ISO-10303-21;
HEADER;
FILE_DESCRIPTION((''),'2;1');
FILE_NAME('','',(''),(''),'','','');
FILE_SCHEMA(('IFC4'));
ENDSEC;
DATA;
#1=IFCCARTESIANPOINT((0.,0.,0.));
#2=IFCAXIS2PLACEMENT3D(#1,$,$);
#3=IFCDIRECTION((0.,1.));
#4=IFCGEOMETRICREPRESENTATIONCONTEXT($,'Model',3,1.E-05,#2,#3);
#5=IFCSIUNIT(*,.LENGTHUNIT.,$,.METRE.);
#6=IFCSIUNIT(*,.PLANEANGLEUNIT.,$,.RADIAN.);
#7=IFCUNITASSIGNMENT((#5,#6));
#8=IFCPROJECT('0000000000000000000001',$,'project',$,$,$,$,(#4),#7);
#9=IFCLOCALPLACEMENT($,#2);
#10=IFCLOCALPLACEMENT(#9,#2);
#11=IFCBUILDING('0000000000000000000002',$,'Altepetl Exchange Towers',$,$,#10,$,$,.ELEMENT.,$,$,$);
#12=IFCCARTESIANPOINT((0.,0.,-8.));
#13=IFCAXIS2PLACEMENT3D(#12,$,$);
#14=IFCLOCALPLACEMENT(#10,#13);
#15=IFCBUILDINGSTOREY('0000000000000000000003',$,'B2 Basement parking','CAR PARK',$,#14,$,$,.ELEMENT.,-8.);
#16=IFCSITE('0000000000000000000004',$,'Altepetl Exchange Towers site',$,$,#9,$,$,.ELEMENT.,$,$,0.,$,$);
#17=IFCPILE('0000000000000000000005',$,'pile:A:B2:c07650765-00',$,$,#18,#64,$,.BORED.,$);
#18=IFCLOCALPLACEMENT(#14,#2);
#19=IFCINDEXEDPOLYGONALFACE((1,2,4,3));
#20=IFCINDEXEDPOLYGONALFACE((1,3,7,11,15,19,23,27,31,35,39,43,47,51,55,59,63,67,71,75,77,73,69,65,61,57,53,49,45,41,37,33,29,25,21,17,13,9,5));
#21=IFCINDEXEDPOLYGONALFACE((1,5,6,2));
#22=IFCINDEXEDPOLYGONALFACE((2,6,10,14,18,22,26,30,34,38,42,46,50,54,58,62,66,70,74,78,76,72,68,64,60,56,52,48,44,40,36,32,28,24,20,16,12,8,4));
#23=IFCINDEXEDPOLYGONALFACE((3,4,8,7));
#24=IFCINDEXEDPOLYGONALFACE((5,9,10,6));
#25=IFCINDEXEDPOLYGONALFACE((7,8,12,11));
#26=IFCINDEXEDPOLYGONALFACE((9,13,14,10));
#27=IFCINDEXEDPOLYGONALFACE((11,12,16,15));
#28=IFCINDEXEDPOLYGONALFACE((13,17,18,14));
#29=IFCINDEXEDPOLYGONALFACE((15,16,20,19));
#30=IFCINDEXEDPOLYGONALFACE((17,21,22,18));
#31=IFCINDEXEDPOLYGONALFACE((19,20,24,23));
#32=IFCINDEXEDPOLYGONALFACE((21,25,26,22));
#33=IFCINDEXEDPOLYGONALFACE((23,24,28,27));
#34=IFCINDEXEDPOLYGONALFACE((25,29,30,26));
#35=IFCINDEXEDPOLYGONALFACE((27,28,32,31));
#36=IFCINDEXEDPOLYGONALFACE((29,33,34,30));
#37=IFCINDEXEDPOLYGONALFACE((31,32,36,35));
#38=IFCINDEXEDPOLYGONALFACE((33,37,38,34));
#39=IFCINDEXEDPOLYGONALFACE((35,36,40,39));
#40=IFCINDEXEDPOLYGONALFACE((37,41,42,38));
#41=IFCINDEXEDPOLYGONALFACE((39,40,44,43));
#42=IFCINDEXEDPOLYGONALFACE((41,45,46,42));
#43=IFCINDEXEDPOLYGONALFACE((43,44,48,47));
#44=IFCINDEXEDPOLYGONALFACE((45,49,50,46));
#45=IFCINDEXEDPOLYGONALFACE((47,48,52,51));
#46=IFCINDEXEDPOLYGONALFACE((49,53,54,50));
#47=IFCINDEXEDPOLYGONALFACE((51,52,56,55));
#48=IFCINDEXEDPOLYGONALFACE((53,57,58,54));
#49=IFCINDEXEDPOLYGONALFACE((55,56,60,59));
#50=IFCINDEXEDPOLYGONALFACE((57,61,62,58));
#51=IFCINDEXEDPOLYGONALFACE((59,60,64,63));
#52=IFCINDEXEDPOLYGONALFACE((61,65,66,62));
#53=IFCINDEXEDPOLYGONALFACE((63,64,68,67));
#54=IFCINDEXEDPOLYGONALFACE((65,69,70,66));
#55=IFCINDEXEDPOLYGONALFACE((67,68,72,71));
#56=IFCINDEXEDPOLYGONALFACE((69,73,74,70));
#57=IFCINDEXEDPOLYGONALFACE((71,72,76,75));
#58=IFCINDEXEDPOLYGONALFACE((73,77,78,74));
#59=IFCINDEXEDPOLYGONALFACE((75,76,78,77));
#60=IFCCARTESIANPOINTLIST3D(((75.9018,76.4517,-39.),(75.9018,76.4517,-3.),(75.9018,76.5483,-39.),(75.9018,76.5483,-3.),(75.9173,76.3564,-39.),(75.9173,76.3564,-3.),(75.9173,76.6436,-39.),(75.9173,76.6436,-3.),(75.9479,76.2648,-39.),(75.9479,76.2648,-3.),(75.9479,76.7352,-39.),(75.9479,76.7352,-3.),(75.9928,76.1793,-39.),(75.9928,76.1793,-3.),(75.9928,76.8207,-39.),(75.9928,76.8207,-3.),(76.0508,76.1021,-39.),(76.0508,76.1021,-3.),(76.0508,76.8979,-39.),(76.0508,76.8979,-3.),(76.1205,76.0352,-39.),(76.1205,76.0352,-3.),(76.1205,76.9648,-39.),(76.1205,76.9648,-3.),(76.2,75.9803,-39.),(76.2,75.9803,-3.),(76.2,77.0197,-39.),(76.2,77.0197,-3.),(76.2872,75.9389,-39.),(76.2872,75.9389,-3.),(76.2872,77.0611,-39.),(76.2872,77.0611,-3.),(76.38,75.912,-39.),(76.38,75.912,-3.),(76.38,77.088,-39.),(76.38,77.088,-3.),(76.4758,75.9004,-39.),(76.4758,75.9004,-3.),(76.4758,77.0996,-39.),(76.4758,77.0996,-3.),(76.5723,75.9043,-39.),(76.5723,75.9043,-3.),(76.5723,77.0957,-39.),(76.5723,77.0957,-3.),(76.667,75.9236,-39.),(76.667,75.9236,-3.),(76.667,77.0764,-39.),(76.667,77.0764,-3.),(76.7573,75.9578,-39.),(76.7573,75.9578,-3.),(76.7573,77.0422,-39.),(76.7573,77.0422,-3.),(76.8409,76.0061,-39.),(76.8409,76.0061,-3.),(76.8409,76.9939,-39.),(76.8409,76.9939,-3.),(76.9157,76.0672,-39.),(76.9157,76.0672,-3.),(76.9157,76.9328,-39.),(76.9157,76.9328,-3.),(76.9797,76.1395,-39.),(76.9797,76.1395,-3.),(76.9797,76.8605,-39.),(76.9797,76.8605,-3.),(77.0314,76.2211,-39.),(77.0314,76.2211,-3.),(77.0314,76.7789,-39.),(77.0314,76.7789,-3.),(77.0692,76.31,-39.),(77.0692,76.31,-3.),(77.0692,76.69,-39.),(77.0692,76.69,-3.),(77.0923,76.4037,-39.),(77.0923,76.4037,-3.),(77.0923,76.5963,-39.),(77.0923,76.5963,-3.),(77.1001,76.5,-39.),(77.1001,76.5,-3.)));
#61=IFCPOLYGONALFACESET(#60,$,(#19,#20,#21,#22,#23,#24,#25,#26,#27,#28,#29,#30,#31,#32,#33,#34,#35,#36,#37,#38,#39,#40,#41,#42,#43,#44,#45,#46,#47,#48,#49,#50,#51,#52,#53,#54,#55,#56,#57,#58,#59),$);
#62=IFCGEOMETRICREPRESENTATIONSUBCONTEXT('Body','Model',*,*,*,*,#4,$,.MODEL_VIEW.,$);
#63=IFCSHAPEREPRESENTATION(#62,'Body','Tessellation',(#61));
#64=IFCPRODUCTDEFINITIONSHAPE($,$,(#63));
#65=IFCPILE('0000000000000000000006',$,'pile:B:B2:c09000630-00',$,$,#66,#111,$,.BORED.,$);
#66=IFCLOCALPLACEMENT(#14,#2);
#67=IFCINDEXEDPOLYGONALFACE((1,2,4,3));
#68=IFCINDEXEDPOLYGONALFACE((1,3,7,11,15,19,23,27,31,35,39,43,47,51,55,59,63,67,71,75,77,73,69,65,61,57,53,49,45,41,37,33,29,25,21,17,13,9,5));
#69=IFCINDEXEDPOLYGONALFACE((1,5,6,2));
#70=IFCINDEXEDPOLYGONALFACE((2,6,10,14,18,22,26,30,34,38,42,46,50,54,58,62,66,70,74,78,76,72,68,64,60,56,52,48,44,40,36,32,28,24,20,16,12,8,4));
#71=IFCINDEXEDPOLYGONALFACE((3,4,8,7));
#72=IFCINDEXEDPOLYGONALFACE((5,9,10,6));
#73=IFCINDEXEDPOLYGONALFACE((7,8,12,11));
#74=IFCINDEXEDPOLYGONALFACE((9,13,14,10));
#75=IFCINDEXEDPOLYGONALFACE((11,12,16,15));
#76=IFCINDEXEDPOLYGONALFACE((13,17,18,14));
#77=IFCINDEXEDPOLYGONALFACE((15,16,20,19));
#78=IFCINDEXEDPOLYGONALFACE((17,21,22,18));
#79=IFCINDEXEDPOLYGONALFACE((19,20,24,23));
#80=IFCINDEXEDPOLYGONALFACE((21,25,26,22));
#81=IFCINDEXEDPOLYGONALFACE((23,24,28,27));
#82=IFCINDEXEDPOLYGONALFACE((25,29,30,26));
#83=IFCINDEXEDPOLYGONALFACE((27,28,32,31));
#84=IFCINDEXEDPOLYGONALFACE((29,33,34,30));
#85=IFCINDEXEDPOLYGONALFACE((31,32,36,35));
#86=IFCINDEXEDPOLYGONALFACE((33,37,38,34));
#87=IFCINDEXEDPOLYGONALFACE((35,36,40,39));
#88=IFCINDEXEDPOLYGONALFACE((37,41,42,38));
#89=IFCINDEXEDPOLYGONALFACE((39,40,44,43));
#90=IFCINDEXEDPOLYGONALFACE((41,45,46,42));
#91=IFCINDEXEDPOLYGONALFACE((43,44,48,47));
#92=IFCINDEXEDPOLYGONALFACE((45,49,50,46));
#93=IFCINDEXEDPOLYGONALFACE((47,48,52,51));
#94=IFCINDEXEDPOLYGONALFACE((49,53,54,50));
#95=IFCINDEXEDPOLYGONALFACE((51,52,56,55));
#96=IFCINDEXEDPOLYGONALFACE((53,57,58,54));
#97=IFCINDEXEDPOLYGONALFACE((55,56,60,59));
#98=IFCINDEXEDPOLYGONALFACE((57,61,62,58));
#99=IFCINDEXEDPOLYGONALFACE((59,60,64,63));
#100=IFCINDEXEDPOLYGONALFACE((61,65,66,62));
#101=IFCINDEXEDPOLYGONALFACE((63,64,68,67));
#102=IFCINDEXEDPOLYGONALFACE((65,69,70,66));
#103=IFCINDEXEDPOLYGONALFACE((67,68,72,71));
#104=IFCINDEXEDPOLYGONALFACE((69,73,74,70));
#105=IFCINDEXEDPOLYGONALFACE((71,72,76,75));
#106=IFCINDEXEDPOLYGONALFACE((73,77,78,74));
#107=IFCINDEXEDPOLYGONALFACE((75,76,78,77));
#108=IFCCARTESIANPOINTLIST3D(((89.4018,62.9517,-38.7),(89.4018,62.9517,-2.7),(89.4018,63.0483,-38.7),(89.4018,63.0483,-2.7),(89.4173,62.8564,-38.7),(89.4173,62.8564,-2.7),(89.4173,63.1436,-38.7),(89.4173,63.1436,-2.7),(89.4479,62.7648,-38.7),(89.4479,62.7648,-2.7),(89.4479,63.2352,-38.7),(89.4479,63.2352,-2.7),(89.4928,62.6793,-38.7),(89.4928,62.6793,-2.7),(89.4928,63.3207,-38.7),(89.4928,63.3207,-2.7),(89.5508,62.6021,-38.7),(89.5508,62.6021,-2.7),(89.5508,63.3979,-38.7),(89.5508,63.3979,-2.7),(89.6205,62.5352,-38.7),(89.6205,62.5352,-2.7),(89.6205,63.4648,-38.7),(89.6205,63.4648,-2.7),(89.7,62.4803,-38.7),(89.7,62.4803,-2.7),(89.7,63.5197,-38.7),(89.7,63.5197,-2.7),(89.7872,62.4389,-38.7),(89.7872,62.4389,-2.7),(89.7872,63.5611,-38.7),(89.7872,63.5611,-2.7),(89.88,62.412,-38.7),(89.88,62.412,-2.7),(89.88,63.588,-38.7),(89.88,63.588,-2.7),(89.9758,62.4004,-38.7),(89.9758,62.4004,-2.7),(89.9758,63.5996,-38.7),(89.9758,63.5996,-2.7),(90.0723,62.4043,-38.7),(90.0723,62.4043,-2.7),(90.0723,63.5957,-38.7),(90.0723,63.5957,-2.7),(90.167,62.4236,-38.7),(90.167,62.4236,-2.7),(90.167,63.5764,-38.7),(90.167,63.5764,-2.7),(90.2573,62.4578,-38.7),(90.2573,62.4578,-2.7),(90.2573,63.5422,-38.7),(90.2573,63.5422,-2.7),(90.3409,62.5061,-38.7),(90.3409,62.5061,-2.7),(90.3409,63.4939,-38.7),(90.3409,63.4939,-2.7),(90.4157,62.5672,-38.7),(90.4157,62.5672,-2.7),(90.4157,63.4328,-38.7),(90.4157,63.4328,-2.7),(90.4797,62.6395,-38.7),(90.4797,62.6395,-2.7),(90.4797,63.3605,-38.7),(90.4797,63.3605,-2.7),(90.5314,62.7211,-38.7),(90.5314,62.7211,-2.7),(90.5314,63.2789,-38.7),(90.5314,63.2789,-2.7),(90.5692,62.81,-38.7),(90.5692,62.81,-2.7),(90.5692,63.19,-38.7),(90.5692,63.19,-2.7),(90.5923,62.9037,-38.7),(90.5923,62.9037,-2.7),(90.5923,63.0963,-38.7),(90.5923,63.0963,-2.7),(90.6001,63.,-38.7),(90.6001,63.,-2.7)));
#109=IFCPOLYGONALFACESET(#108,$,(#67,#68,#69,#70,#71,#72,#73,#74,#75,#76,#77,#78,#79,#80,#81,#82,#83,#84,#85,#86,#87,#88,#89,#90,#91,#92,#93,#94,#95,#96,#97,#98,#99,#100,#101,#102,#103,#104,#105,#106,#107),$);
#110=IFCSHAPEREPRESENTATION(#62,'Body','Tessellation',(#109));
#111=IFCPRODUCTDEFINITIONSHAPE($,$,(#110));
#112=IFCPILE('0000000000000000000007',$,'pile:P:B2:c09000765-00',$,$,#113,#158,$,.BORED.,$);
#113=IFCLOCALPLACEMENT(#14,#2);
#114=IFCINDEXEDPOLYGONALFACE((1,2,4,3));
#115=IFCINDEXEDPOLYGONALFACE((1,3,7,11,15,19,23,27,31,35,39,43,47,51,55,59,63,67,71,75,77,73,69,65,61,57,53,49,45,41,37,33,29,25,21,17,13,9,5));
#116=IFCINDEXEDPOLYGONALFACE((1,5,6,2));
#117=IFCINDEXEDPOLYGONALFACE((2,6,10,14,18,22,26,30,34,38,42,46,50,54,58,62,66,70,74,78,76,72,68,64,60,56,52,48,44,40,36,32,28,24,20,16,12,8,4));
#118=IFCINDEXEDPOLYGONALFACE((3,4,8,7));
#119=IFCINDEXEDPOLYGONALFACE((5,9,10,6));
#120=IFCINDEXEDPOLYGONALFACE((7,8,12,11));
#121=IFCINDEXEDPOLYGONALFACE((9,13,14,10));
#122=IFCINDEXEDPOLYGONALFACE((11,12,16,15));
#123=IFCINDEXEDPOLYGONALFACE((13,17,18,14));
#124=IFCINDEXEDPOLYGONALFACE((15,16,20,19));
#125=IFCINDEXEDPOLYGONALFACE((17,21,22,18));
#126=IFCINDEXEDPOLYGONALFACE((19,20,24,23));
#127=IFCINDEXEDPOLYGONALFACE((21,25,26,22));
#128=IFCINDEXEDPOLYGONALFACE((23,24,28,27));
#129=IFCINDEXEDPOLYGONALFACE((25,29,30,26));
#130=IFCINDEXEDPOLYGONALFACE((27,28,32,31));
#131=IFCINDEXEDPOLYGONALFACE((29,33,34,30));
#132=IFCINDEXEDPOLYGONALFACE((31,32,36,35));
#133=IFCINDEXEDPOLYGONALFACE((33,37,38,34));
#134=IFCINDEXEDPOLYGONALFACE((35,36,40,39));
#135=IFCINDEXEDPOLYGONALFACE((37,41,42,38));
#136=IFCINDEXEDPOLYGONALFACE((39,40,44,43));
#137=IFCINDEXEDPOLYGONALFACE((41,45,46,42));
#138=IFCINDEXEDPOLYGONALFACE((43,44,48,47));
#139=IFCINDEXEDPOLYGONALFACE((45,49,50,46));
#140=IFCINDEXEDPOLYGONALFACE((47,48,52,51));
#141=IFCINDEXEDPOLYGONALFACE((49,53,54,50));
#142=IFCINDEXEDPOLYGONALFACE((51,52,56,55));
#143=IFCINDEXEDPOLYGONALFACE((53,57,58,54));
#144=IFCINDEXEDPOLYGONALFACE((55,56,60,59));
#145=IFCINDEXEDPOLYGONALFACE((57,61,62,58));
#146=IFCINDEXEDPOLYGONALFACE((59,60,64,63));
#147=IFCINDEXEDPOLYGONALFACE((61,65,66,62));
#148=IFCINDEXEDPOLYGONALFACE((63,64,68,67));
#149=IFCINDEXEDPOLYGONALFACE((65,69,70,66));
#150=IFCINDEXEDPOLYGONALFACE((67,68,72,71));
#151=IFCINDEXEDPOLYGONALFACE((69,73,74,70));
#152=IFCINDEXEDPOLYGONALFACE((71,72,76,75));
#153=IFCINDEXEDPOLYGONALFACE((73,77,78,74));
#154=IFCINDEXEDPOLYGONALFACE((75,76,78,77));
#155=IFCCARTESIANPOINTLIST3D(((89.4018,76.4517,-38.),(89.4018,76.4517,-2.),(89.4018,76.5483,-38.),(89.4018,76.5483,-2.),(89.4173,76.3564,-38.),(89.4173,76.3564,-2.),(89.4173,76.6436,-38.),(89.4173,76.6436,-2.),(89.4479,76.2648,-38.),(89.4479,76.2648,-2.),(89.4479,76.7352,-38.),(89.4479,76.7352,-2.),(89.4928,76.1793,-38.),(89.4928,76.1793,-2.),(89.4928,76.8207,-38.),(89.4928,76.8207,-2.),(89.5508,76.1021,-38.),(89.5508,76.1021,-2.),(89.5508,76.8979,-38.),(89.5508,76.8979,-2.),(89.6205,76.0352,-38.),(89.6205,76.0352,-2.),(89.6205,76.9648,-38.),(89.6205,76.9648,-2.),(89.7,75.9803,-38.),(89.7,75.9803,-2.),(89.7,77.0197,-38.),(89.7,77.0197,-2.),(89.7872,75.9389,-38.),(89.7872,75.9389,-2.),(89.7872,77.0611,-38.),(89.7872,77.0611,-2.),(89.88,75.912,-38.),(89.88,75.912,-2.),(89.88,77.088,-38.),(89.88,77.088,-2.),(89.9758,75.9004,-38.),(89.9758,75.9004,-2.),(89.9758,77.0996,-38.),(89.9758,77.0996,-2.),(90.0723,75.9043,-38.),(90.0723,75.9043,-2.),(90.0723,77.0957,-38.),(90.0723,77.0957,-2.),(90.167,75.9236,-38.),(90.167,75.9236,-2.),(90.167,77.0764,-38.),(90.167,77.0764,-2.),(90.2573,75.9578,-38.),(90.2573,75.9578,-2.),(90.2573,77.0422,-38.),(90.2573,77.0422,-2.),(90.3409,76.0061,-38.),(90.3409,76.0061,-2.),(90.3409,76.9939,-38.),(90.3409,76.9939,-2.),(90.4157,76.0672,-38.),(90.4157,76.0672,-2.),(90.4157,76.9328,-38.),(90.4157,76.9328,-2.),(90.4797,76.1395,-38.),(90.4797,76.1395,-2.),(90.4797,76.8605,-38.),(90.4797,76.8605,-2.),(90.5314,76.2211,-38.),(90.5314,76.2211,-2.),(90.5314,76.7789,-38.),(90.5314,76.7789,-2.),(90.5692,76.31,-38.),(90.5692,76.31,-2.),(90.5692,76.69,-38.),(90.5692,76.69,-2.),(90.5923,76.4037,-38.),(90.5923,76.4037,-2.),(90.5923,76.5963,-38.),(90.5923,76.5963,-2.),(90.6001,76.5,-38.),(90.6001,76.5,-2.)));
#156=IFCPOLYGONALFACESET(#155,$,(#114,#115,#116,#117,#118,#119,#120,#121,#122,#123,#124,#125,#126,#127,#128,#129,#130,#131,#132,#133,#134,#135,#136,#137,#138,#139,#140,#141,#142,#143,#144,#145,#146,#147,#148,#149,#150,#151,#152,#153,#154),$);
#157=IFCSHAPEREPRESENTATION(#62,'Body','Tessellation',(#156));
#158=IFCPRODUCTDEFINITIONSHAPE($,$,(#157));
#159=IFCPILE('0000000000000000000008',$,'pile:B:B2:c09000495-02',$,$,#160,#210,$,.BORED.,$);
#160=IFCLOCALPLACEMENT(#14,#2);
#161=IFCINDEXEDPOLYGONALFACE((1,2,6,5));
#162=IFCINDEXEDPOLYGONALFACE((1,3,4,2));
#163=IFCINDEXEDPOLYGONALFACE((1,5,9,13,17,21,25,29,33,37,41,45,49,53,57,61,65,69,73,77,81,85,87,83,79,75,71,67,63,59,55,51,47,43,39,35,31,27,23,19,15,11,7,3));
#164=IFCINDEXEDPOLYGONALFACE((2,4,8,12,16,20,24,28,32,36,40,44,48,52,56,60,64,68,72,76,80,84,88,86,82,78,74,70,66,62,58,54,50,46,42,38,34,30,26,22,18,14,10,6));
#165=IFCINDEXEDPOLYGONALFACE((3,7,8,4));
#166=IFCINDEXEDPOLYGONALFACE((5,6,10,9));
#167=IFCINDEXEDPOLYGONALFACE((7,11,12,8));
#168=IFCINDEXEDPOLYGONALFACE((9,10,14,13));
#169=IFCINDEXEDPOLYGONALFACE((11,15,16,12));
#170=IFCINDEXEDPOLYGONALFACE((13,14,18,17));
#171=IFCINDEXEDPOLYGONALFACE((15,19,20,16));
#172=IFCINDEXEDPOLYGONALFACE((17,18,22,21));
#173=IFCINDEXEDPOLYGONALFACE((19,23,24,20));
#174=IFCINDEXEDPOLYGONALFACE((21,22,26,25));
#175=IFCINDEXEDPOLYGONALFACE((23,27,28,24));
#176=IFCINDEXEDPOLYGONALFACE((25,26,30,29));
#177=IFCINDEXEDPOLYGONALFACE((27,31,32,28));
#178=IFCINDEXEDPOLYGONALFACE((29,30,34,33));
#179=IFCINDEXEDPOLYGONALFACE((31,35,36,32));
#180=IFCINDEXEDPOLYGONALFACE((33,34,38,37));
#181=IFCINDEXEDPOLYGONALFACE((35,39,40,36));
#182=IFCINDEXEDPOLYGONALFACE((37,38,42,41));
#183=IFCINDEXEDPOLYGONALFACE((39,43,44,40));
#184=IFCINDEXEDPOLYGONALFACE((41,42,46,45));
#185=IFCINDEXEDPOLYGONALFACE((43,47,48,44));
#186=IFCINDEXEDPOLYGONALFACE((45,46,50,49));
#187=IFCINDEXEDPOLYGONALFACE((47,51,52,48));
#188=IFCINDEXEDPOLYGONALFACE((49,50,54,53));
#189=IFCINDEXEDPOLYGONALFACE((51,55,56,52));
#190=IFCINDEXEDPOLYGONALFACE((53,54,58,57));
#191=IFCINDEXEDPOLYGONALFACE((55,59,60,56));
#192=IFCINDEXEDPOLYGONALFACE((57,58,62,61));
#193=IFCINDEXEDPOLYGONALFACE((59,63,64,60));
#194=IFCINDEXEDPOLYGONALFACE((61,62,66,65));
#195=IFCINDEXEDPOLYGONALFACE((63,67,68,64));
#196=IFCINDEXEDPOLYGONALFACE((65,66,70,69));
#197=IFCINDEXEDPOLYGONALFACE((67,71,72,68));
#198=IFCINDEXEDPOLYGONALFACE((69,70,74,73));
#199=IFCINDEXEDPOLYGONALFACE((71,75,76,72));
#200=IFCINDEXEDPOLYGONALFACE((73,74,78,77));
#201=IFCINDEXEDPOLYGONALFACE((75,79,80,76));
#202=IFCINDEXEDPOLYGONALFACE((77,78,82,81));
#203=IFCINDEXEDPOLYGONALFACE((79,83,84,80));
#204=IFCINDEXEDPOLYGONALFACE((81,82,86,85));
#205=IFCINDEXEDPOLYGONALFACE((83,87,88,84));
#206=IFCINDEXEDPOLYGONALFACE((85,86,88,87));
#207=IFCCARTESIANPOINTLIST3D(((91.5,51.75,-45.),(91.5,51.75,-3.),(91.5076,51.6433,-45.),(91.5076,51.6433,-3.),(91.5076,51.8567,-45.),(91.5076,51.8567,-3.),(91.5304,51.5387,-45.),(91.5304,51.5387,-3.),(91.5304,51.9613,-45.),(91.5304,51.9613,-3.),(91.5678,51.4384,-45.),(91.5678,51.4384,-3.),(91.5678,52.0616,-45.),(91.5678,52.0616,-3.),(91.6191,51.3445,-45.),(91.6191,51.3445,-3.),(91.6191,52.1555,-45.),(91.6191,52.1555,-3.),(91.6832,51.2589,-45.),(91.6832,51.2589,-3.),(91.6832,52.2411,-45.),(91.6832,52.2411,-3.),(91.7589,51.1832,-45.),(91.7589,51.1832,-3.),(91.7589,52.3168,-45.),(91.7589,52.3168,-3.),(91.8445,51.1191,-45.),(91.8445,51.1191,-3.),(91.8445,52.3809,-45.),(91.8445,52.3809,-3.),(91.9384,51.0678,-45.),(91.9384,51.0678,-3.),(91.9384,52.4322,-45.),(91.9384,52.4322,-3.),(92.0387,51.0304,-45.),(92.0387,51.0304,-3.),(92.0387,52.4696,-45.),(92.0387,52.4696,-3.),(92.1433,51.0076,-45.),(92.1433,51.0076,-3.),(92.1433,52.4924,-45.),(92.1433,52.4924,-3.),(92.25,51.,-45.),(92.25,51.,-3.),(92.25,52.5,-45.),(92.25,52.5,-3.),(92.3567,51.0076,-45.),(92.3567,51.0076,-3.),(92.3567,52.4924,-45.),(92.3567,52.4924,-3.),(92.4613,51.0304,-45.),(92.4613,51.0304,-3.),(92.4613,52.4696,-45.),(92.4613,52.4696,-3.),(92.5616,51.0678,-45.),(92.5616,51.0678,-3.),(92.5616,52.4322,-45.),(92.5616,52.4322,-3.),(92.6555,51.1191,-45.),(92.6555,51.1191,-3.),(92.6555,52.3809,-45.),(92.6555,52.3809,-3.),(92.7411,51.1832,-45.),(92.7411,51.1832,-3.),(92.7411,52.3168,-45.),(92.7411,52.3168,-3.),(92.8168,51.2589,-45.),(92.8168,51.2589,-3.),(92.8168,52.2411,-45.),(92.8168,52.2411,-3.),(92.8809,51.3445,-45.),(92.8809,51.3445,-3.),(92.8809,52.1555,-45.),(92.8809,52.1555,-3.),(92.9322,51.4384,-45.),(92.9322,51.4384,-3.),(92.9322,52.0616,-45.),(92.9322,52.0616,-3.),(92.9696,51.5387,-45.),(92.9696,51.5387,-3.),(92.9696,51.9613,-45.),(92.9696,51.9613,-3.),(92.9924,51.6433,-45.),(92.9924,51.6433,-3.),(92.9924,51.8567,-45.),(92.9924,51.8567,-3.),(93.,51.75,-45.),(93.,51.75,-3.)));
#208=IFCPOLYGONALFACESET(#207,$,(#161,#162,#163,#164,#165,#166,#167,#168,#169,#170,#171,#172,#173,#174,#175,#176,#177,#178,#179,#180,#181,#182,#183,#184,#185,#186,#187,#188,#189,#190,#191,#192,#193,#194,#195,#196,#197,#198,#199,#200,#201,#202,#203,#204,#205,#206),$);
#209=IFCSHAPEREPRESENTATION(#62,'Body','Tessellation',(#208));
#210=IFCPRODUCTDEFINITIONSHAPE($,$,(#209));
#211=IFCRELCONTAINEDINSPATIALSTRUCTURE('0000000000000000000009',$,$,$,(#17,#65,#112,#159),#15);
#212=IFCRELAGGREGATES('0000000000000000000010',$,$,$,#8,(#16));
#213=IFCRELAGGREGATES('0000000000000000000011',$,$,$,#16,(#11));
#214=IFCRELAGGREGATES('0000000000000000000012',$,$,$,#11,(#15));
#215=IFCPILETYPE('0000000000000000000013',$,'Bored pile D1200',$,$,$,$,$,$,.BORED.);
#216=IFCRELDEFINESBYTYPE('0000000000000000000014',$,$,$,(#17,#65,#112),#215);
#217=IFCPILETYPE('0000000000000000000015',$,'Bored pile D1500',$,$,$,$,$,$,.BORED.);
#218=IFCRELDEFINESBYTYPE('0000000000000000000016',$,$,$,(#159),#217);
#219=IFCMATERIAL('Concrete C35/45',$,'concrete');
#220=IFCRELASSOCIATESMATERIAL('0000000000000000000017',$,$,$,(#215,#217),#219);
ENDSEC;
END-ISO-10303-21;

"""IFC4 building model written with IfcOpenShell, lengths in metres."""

from ifc_helpers import new_model, si_unit, direction, frame, origin, origin_2d, place, context, subcontext, project, spatial, circle, extrude, material, material_profile, profile_set, type_object, element, save


model = new_model("IFC4")

# Units and contexts
model_context = context("Model", 3, precision=1e-05, world=origin(), true_north=direction((0.0, 1.0)))
body_context = subcontext(model_context, "Body", "Model", "MODEL_VIEW")
ifc_project = project(units=[si_unit("LENGTHUNIT", "METRE"), si_unit("PLANEANGLEUNIT", "RADIAN")], contexts=[model_context])

# Site, building, storey
site_placement = place(None, origin())
site = spatial("IfcSite", under=ifc_project, at=site_placement, Name="Altepetl Exchange Towers site", CompositionType="ELEMENT", RefElevation=0.0)
building_placement = place(site_placement, origin())
building = spatial("IfcBuilding", under=site, at=building_placement, Name="Altepetl Exchange Towers", CompositionType="ELEMENT")
storey_placement = place(building_placement, frame((0.0, 0.0, -8.0)))
storey = spatial("IfcBuildingStorey", under=building, at=storey_placement, Name="B2 Basement parking", Description="CAR PARK", CompositionType="ELEMENT", Elevation=-8.0)

# Piles
ifc_material_1 = material(Name="Concrete C35/45", Category="concrete")
ifc_material_profile_1 = material_profile(ifc_material_1, circle(Radius=0.6001, at=origin_2d()), Name="D1200")
ifc_profile_set_1 = profile_set([ifc_material_profile_1], Name="Concrete C35/45")
pile_type_1 = type_object("IfcPileType", Name="Bored pile D1200", PredefinedType="BORED", material=ifc_profile_set_1)
for number, where, z_axis, x_axis, name in (
    (1, (76.5, 76.5, -3.0), (0.0, 0.0, -1.0), (1.0, 0.0, 0.0), "pile:A:B2:c07650765-00"),
    (2, (90.0, 63.0, -2.7), (0.0, 0.0, -1.0), (1.0, 0.0, 0.0), "pile:B:B2:c09000630-00"),
    (3, (90.0, 76.5, -2.0), (0.0, 0.0, -1.0), (1.0, 0.0, 0.0), "pile:P:B2:c09000765-00"),
):
    element("IfcPile", number, at=place(storey_placement, frame(where, z_axis=z_axis, x_axis=x_axis)), inside=storey, type_object=pile_type_1, Name=name, PredefinedType="BORED", context=body_context, shape_type="SweptSolid", body=[
        extrude(circle(Radius=0.6001, at=origin_2d()), origin(), (0.0, 0.0, 1.0), 36.0),
    ])
ifc_material_profile_2 = material_profile(ifc_material_1, circle(Radius=0.75, at=origin_2d()), Name="D1500")
ifc_profile_set_2 = profile_set([ifc_material_profile_2], Name="Concrete C35/45")
pile_type_2 = type_object("IfcPileType", Name="Bored pile D1500", PredefinedType="BORED", material=ifc_profile_set_2)
for number, where, z_axis, x_axis, name in (
    (4, (92.25, 51.75, -3.0), (0.0, 0.0, -1.0), (1.0, 0.0, 0.0), "pile:B:B2:c09000495-02"),
):
    element("IfcPile", number, at=place(storey_placement, frame(where, z_axis=z_axis, x_axis=x_axis)), inside=storey, type_object=pile_type_2, Name=name, PredefinedType="BORED", context=body_context, shape_type="SweptSolid", body=[
        extrude(circle(Radius=0.75, at=origin_2d()), origin(), (0.0, 0.0, 1.0), 42.0),
    ])

save(model, "model.ifc")
